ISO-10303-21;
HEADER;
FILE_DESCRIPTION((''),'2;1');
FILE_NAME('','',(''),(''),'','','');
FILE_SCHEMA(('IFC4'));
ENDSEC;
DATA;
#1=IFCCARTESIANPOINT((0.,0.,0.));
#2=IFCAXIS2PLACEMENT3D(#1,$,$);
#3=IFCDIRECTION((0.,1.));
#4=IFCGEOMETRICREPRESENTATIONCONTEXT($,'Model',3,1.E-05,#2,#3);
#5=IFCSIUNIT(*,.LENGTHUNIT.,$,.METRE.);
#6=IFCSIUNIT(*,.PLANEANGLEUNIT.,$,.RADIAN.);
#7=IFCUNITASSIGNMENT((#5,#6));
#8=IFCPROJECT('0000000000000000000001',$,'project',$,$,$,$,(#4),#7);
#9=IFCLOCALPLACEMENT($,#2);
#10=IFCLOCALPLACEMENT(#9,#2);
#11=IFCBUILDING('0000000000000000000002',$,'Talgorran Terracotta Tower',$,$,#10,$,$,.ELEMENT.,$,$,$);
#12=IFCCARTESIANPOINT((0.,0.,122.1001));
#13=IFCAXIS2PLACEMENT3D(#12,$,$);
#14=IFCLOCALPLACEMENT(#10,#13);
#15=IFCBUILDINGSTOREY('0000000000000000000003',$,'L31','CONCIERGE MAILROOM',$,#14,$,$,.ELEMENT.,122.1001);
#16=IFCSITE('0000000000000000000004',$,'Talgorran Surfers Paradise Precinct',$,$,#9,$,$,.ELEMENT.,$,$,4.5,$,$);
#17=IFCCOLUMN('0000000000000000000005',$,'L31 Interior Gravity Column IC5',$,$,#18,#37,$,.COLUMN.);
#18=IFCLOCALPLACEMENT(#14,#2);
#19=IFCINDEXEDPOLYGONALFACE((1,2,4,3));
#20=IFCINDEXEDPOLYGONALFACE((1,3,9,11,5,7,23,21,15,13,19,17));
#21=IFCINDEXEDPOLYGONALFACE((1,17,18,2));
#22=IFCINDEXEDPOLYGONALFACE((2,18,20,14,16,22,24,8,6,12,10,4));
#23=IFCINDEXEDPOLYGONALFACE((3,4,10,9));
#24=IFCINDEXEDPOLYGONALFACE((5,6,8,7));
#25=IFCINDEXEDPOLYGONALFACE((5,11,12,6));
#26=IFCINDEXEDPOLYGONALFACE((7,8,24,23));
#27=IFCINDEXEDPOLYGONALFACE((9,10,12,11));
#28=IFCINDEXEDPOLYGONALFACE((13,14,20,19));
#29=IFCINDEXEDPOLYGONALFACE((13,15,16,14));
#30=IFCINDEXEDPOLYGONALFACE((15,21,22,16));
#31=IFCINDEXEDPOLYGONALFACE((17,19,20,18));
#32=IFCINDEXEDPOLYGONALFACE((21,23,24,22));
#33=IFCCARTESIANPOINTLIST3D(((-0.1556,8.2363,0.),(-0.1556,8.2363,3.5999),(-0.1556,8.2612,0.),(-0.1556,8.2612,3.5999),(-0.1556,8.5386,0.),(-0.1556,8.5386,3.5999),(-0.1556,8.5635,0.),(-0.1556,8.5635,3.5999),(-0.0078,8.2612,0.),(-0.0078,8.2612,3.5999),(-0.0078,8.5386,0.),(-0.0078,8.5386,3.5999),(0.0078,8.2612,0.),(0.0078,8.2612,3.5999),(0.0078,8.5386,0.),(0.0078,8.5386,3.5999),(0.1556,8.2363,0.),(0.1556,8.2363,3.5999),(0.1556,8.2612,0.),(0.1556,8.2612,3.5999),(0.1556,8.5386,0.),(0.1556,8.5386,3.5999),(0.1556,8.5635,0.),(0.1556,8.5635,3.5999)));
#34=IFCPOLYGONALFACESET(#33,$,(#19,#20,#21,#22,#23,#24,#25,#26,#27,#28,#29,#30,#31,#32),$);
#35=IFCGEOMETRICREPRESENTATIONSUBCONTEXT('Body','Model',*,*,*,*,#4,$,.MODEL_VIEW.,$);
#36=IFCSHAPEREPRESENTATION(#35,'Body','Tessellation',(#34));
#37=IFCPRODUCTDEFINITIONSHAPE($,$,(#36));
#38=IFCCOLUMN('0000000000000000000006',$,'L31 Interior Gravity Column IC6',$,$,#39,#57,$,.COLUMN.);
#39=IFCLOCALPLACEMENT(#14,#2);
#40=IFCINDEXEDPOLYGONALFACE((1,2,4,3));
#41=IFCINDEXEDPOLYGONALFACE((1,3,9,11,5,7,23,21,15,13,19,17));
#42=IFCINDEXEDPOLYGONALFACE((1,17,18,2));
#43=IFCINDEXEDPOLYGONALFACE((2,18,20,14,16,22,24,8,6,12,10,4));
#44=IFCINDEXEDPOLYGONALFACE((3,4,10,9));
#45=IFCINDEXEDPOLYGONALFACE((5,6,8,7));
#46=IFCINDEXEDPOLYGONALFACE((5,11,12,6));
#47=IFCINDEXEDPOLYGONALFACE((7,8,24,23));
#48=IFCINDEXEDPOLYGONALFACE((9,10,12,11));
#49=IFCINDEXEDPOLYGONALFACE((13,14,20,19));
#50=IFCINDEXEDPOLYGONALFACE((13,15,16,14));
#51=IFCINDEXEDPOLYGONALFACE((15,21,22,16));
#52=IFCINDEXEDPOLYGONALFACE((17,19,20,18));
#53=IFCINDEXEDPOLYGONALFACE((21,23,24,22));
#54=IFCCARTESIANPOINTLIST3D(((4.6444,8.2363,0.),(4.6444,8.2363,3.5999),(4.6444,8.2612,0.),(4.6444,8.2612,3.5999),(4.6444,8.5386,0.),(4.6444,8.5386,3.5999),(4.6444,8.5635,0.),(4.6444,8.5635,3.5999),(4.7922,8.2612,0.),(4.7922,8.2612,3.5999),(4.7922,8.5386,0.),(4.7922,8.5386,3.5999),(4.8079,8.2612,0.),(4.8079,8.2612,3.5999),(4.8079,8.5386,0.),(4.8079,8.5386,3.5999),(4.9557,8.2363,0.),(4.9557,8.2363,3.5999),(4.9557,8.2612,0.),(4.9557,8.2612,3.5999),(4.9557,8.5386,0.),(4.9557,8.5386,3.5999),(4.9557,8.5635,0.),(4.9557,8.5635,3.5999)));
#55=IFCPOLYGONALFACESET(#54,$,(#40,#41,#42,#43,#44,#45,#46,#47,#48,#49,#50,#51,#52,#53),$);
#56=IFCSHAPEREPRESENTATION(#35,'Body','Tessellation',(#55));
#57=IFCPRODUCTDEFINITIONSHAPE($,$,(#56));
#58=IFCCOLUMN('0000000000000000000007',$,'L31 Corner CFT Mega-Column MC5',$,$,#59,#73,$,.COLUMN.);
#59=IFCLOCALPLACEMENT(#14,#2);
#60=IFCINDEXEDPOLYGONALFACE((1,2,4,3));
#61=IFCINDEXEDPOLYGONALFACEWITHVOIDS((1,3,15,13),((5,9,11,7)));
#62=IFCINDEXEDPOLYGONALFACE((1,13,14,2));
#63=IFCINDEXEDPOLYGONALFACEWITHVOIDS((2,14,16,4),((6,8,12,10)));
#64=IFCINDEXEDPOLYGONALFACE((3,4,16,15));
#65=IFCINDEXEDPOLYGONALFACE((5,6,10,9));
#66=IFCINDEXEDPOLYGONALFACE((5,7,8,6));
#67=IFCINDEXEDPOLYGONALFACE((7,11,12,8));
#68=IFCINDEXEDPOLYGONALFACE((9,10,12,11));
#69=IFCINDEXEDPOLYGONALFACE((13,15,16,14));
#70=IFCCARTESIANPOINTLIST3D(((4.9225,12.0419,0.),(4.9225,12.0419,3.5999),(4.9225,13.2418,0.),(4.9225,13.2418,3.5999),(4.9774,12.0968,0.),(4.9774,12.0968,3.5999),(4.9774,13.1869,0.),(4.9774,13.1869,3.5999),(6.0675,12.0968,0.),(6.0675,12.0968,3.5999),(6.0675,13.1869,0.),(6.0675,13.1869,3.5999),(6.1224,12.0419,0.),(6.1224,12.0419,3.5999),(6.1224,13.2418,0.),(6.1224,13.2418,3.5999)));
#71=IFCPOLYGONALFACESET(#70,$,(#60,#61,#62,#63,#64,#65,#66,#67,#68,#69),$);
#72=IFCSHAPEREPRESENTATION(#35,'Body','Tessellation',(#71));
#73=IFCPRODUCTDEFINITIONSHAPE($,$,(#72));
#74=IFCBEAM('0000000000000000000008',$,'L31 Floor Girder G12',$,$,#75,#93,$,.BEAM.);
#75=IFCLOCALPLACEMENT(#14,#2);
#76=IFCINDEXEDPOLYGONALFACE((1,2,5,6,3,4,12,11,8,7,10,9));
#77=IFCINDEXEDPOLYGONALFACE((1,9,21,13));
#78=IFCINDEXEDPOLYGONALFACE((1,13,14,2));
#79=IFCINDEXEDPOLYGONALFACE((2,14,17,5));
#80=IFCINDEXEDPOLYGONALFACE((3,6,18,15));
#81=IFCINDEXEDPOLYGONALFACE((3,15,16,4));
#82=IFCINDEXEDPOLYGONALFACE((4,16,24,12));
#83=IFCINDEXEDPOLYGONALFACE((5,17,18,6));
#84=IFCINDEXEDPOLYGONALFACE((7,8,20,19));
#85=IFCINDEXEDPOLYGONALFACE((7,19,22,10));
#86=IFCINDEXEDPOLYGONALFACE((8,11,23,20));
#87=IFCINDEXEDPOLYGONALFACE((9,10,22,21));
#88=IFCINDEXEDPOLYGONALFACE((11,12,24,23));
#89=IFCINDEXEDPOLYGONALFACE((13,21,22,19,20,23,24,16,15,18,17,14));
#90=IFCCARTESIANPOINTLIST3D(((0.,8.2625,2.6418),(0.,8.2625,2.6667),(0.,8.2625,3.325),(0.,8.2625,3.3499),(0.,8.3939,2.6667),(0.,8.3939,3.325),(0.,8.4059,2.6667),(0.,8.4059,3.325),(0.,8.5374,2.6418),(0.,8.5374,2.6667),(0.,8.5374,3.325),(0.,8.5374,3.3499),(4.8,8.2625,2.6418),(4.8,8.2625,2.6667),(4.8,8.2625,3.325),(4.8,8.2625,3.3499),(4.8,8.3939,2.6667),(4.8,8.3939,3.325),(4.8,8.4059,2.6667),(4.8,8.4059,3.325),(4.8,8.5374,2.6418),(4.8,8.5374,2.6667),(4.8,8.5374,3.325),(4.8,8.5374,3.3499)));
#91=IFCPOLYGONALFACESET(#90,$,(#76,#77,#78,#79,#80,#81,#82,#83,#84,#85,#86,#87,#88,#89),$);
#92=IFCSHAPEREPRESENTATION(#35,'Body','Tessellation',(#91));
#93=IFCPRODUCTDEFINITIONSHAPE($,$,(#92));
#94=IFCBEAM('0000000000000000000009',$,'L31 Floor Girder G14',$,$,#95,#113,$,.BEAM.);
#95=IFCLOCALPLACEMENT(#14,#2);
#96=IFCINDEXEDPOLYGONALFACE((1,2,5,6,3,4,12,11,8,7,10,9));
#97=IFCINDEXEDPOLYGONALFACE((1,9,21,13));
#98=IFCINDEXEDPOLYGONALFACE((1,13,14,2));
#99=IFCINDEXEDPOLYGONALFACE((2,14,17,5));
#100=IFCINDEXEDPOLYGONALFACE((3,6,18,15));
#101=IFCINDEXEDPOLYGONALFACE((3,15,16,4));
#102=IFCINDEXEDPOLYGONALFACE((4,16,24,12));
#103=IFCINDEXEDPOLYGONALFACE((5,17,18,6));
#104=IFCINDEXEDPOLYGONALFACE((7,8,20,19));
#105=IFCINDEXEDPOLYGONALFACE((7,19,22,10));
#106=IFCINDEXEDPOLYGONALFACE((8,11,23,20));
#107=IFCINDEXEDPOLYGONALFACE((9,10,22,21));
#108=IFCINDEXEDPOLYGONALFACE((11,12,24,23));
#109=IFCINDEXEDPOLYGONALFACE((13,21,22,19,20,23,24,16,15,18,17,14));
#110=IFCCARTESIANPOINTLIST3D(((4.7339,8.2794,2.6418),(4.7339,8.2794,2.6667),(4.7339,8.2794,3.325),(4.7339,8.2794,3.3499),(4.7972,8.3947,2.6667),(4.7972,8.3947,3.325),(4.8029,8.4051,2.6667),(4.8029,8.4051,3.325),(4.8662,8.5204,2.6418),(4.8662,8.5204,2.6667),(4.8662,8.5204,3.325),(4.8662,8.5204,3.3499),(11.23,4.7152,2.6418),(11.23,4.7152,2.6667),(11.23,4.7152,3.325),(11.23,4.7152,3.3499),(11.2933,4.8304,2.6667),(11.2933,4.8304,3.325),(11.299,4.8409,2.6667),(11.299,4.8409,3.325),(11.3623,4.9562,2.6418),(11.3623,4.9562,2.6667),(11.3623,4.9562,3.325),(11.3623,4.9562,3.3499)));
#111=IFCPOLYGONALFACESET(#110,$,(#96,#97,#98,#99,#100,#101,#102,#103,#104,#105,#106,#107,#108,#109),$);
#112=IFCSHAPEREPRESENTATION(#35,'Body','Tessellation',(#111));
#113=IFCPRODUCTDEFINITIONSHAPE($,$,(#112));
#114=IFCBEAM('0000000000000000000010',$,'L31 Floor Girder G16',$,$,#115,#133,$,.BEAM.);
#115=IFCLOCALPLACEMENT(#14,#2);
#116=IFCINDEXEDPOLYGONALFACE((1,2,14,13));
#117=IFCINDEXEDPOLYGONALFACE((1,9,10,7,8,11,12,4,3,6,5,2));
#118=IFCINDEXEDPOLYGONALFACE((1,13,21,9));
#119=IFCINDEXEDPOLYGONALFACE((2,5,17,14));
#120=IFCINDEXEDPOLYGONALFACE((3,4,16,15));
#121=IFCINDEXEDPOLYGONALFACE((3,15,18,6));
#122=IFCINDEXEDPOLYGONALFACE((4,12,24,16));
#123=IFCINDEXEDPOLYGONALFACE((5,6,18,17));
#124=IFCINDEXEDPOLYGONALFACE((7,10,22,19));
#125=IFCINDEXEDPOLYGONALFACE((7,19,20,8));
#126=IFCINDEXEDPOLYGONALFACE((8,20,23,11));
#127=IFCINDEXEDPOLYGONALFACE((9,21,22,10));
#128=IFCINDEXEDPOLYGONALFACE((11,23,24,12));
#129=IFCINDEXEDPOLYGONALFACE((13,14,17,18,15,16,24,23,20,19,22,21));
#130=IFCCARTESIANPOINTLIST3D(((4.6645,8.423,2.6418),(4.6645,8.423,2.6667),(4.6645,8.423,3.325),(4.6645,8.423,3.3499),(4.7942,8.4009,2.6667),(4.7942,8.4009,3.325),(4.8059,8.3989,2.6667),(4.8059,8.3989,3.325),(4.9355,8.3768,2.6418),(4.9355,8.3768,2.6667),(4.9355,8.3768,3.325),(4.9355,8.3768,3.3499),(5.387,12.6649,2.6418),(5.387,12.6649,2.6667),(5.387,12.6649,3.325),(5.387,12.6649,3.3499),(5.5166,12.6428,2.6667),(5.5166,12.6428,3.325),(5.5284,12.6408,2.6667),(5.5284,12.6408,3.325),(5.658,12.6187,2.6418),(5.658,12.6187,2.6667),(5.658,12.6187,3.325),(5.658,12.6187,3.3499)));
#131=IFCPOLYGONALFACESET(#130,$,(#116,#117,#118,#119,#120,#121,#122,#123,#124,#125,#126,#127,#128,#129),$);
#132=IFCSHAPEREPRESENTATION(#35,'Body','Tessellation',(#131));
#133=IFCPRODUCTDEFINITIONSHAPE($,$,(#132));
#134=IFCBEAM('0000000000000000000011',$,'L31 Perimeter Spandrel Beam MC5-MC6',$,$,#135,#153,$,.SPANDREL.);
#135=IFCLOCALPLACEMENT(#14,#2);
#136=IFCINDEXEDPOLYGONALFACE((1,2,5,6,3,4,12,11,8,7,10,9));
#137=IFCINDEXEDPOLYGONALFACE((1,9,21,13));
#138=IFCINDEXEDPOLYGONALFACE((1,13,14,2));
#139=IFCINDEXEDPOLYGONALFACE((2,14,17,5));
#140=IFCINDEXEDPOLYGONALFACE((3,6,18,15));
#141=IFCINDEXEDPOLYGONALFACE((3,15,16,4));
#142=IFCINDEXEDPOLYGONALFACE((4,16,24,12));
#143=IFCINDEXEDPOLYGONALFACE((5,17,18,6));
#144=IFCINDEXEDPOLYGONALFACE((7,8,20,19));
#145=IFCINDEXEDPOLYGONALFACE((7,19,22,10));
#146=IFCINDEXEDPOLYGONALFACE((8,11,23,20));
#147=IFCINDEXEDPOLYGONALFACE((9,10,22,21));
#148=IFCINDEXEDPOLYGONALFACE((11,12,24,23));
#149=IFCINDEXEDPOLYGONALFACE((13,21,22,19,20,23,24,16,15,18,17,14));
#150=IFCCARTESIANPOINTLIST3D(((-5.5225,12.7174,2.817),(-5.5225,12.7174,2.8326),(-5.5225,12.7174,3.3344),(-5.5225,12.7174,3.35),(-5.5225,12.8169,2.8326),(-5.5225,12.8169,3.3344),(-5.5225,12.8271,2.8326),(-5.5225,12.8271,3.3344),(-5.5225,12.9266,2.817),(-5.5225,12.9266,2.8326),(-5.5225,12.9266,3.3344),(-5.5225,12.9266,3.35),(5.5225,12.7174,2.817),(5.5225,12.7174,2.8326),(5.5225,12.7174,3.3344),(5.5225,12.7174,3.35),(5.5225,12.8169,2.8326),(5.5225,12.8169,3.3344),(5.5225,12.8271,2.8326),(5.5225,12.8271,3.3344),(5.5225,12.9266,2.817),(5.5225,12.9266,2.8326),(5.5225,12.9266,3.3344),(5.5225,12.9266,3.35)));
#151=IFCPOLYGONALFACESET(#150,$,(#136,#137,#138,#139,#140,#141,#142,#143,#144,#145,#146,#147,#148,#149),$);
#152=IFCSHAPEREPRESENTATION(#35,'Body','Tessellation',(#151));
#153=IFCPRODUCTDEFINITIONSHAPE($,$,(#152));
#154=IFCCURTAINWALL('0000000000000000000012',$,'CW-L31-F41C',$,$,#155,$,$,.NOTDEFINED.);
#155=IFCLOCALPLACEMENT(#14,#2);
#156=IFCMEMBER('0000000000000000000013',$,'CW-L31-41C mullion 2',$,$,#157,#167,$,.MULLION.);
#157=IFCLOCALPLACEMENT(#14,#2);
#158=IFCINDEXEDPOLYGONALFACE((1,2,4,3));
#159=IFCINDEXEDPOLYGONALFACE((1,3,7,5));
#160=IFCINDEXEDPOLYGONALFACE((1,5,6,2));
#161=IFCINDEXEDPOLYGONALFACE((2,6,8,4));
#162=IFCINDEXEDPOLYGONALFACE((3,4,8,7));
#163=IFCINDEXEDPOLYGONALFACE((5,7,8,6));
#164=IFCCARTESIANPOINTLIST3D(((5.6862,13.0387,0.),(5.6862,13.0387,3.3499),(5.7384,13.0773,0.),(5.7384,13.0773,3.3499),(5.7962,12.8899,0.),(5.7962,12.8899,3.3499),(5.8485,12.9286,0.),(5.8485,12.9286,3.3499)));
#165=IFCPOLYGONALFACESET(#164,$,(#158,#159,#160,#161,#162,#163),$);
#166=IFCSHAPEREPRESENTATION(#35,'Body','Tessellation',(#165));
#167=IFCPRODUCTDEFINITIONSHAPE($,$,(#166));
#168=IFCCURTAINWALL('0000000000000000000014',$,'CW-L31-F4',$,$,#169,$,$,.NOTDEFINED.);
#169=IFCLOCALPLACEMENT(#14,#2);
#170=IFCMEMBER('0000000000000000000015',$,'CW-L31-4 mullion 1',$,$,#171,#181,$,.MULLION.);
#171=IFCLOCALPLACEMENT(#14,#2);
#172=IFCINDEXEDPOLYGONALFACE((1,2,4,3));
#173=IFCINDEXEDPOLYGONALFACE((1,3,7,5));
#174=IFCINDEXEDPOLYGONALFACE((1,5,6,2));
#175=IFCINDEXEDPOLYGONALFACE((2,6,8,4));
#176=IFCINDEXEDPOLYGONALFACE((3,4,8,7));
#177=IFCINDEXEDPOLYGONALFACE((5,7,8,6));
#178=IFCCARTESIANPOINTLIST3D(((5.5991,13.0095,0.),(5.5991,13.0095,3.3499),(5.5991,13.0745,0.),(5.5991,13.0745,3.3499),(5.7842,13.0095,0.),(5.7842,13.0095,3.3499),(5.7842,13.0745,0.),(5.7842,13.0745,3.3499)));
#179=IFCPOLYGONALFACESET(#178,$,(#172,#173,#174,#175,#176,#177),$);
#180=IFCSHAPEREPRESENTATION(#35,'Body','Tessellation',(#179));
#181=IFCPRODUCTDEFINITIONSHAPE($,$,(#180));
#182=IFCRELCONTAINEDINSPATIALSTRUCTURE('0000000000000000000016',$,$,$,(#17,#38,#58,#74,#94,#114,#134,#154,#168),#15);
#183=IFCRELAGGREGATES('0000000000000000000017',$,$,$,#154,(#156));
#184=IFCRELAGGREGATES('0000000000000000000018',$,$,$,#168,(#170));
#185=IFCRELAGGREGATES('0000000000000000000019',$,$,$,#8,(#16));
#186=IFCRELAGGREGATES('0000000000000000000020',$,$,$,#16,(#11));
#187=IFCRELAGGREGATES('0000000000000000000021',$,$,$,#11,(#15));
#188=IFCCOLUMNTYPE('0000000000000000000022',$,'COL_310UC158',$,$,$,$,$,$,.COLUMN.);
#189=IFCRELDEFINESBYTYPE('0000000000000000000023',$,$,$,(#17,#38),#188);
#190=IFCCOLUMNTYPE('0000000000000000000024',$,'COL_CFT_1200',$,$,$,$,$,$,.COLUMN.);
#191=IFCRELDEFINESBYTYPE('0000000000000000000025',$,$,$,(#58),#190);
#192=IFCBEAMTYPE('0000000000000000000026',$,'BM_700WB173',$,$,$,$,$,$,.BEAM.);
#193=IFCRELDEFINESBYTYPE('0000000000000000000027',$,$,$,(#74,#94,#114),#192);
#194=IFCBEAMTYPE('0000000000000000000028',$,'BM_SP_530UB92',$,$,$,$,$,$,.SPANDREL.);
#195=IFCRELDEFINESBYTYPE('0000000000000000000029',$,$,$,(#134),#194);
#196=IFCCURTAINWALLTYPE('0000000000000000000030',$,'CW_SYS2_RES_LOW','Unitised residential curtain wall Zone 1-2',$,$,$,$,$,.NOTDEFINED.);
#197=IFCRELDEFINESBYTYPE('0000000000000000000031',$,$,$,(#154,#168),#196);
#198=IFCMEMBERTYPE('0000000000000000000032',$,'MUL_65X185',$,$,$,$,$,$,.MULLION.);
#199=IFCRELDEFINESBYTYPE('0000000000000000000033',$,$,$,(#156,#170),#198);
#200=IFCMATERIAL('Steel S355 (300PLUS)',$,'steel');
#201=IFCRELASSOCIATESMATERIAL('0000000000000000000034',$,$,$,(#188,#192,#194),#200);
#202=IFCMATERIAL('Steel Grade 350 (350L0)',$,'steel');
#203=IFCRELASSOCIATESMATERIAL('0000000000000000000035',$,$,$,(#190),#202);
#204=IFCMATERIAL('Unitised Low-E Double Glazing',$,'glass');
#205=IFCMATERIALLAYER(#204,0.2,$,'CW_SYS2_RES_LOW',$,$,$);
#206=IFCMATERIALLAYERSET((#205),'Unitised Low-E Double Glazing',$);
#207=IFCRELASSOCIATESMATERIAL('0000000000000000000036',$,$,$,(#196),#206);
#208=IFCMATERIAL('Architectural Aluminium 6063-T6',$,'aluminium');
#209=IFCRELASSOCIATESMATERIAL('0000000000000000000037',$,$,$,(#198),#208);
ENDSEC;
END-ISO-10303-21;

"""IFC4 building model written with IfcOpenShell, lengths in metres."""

from ifc_helpers import new_model, si_unit, direction, frame, origin, origin_2d, place, context, subcontext, project, spatial, rectangle, hollow_rectangle, i_section, extrude, material, layer, layer_set, material_profile, profile_set, type_object, element, aggregate, save


model = new_model("IFC4")

# Units and contexts
model_context = context("Model", 3, precision=1e-05, world=origin(), true_north=direction((0.0, 1.0)))
body_context = subcontext(model_context, "Body", "Model", "MODEL_VIEW")
ifc_project = project(units=[si_unit("LENGTHUNIT", "METRE"), si_unit("PLANEANGLEUNIT", "RADIAN")], contexts=[model_context])

# Site, building, storey
site_placement = place(None, origin())
site = spatial("IfcSite", under=ifc_project, at=site_placement, Name="Talgorran Surfers Paradise Precinct", CompositionType="ELEMENT", RefElevation=4.5)
building_placement = place(site_placement, origin())
building = spatial("IfcBuilding", under=site, at=building_placement, Name="Talgorran Terracotta Tower", CompositionType="ELEMENT")
storey_placement = place(building_placement, frame((0.0, 0.0, 122.1001)))
storey = spatial("IfcBuildingStorey", under=building, at=storey_placement, Name="L31", Description="CONCIERGE MAILROOM", CompositionType="ELEMENT", Elevation=122.1001)

# Columns
ifc_material_1 = material(Name="Steel S355 (300PLUS)", Category="steel")
ifc_material_profile_1 = material_profile(ifc_material_1, i_section(OverallWidth=0.3113, OverallDepth=0.3271, WebThickness=0.0156, FlangeThickness=0.0249, at=origin_2d()), Name="310UC158")
ifc_profile_set_1 = profile_set([ifc_material_profile_1], Name="Steel S355 (300PLUS)")
column_type_1 = type_object("IfcColumnType", Name="COL_310UC158", PredefinedType="COLUMN", material=ifc_profile_set_1)
for number, where, z_axis, x_axis, name in (
    (1, (0.0, 8.3999, 0.0), (0.0, 0.0, 1.0), (1.0, 0.0, 0.0), "L31 Interior Gravity Column IC5"),
    (2, (4.8, 8.3999, 0.0), (0.0, 0.0, 1.0), (1.0, 0.0, 0.0), "L31 Interior Gravity Column IC6"),
):
    element("IfcColumn", number, at=place(storey_placement, frame(where, z_axis=z_axis, x_axis=x_axis)), inside=storey, type_object=column_type_1, Name=name, PredefinedType="COLUMN", context=body_context, shape_type="SweptSolid", body=[
        extrude(i_section(OverallWidth=0.3113, OverallDepth=0.3271, WebThickness=0.0156, FlangeThickness=0.0249, at=origin_2d()), origin(), (0.0, 0.0, 1.0), 3.5999),
    ])
ifc_material_2 = material(Name="Steel Grade 350 (350L0)", Category="steel")
ifc_material_profile_2 = material_profile(ifc_material_2, hollow_rectangle(XDim=1.2, YDim=1.2, WallThickness=0.0549, at=origin_2d()), Name="CFT1200X1200X55")
ifc_profile_set_2 = profile_set([ifc_material_profile_2], Name="Steel Grade 350 (350L0)")
column_type_2 = type_object("IfcColumnType", Name="COL_CFT_1200", PredefinedType="COLUMN", material=ifc_profile_set_2)
column_placement = place(storey_placement, frame((5.5225, 12.6418, 0.0), z_axis=(0.0, 0.0, 1.0), x_axis=(1.0, 0.0, 0.0)))
element("IfcColumn", 3, at=column_placement, inside=storey, type_object=column_type_2, Name="L31 Corner CFT Mega-Column MC5", PredefinedType="COLUMN", context=body_context, shape_type="SweptSolid", body=[
    extrude(hollow_rectangle(XDim=1.2, YDim=1.2, WallThickness=0.0549, at=origin_2d()), origin(), (0.0, 0.0, 1.0), 3.5999),
])

# Beams
ifc_material_profile_3 = material_profile(ifc_material_1, i_section(OverallWidth=0.2749, OverallDepth=0.708, WebThickness=0.012, FlangeThickness=0.0249, at=origin_2d()), Name="700WB173")
ifc_profile_set_3 = profile_set([ifc_material_profile_3], Name="Steel S355 (300PLUS)")
beam_type_1 = type_object("IfcBeamType", Name="BM_700WB173", PredefinedType="BEAM", material=ifc_profile_set_3)
beam_1_placement = place(storey_placement, frame((0.0, 8.3999, 2.9958), z_axis=(1.0, 0.0, 0.0), x_axis=(0.0, 1.0, 0.0)))
element("IfcBeam", 4, at=beam_1_placement, inside=storey, type_object=beam_type_1, Name="L31 Floor Girder G12", PredefinedType="BEAM", context=body_context, shape_type="SweptSolid", body=[
    extrude(i_section(OverallWidth=0.2749, OverallDepth=0.708, WebThickness=0.012, FlangeThickness=0.0249, at=origin_2d()), origin(), (0.0, 0.0, 1.0), 4.8),
])
beam_2_placement = place(storey_placement, frame((4.8, 8.3999, 2.9958), z_axis=(0.876708, -0.481023, 0.0), x_axis=(0.481023, 0.876708, 0.0)))
element("IfcBeam", 5, at=beam_2_placement, inside=storey, type_object=beam_type_1, Name="L31 Floor Girder G14", PredefinedType="BEAM", context=body_context, shape_type="SweptSolid", body=[
    extrude(i_section(OverallWidth=0.2749, OverallDepth=0.708, WebThickness=0.012, FlangeThickness=0.0249, at=origin_2d()), origin(), (0.0, 0.0, 1.0), 7.4097),
])
beam_3_placement = place(storey_placement, frame((4.8, 8.3999, 2.9958), z_axis=(0.167885, 0.985807, 0.0), x_axis=(-0.985807, 0.167885, 0.0)))
element("IfcBeam", 6, at=beam_3_placement, inside=storey, type_object=beam_type_1, Name="L31 Floor Girder G16", PredefinedType="BEAM", context=body_context, shape_type="SweptSolid", body=[
    extrude(i_section(OverallWidth=0.2749, OverallDepth=0.708, WebThickness=0.012, FlangeThickness=0.0249, at=origin_2d()), origin(), (0.0, 0.0, 1.0), 4.303),
])
ifc_material_profile_4 = material_profile(ifc_material_1, i_section(OverallWidth=0.2092, OverallDepth=0.533, WebThickness=0.0103, FlangeThickness=0.0156, at=origin_2d()), Name="530UB92.4")
ifc_profile_set_4 = profile_set([ifc_material_profile_4], Name="Steel S355 (300PLUS)")
beam_type_2 = type_object("IfcBeamType", Name="BM_SP_530UB92", PredefinedType="SPANDREL", material=ifc_profile_set_4)
beam_4_placement = place(storey_placement, frame((5.5225, 12.822, 3.0835), z_axis=(-1.0, 0.0, 0.0), x_axis=(0.0, -1.0, 0.0)))
element("IfcBeam", 7, at=beam_4_placement, inside=storey, type_object=beam_type_2, Name="L31 Perimeter Spandrel Beam MC5-MC6", PredefinedType="SPANDREL", context=body_context, shape_type="SweptSolid", body=[
    extrude(i_section(OverallWidth=0.2092, OverallDepth=0.533, WebThickness=0.0103, FlangeThickness=0.0156, at=origin_2d()), origin(), (0.0, 0.0, 1.0), 11.0449),
])

# Curtain wall, member
ifc_material_3 = material(Name="Unitised Low-E Double Glazing", Category="glass")
ifc_layer_1 = layer(ifc_material_3, 0.2, Name="CW_SYS2_RES_LOW")
ifc_layer_set_1 = layer_set([ifc_layer_1], Name="Unitised Low-E Double Glazing")
curtain_wall_type = type_object("IfcCurtainWallType", Name="CW_SYS2_RES_LOW", Description="Unitised residential curtain wall Zone 1-2", PredefinedType="NOTDEFINED", material=ifc_layer_set_1)
curtain_wall_1_placement = place(storey_placement, origin())
curtain_wall_1 = element("IfcCurtainWall", 8, at=curtain_wall_1_placement, inside=storey, type_object=curtain_wall_type, Name="CW-L31-F41C", PredefinedType="NOTDEFINED")
ifc_material_4 = material(Name="Architectural Aluminium 6063-T6", Category="aluminium")
ifc_material_profile_5 = material_profile(ifc_material_4, rectangle(XDim=0.0649, YDim=0.1851, at=origin_2d()), Name="CWM65X185")
ifc_profile_set_5 = profile_set([ifc_material_profile_5], Name="Architectural Aluminium 6063-T6")
member_type_1 = type_object("IfcMemberType", Name="MUL_65X185", PredefinedType="MULLION", material=ifc_profile_set_5)
member_1_placement = place(storey_placement, frame((5.7673, 12.9836, 0.0), z_axis=(0.0, 0.0, 1.0), x_axis=(-0.803992, -0.59464, 0.0)))
member_1 = element("IfcMember", 9, at=member_1_placement, type_object=member_type_1, Name="CW-L31-41C mullion 2", PredefinedType="MULLION", context=body_context, shape_type="SweptSolid", body=[
    extrude(rectangle(XDim=0.0649, YDim=0.1851, at=origin_2d()), origin(), (0.0, 0.0, 1.0), 3.3499),
])

# Curtain wall, member
curtain_wall_2_placement = place(storey_placement, origin())
curtain_wall_2 = element("IfcCurtainWall", 10, at=curtain_wall_2_placement, inside=storey, type_object=curtain_wall_type, Name="CW-L31-F4", PredefinedType="NOTDEFINED")
member_2_placement = place(storey_placement, frame((5.6917, 13.042, 0.0), z_axis=(0.0, 0.0, 1.0), x_axis=(0.0, -1.0, 0.0)))
member_2 = element("IfcMember", 11, at=member_2_placement, type_object=member_type_1, Name="CW-L31-4 mullion 1", PredefinedType="MULLION", context=body_context, shape_type="SweptSolid", body=[
    extrude(rectangle(XDim=0.0649, YDim=0.1851, at=origin_2d()), origin(), (0.0, 0.0, 1.0), 3.3499),
])

aggregate(curtain_wall_1, [member_1])
aggregate(curtain_wall_2, [member_2])

save(model, "model.ifc")
